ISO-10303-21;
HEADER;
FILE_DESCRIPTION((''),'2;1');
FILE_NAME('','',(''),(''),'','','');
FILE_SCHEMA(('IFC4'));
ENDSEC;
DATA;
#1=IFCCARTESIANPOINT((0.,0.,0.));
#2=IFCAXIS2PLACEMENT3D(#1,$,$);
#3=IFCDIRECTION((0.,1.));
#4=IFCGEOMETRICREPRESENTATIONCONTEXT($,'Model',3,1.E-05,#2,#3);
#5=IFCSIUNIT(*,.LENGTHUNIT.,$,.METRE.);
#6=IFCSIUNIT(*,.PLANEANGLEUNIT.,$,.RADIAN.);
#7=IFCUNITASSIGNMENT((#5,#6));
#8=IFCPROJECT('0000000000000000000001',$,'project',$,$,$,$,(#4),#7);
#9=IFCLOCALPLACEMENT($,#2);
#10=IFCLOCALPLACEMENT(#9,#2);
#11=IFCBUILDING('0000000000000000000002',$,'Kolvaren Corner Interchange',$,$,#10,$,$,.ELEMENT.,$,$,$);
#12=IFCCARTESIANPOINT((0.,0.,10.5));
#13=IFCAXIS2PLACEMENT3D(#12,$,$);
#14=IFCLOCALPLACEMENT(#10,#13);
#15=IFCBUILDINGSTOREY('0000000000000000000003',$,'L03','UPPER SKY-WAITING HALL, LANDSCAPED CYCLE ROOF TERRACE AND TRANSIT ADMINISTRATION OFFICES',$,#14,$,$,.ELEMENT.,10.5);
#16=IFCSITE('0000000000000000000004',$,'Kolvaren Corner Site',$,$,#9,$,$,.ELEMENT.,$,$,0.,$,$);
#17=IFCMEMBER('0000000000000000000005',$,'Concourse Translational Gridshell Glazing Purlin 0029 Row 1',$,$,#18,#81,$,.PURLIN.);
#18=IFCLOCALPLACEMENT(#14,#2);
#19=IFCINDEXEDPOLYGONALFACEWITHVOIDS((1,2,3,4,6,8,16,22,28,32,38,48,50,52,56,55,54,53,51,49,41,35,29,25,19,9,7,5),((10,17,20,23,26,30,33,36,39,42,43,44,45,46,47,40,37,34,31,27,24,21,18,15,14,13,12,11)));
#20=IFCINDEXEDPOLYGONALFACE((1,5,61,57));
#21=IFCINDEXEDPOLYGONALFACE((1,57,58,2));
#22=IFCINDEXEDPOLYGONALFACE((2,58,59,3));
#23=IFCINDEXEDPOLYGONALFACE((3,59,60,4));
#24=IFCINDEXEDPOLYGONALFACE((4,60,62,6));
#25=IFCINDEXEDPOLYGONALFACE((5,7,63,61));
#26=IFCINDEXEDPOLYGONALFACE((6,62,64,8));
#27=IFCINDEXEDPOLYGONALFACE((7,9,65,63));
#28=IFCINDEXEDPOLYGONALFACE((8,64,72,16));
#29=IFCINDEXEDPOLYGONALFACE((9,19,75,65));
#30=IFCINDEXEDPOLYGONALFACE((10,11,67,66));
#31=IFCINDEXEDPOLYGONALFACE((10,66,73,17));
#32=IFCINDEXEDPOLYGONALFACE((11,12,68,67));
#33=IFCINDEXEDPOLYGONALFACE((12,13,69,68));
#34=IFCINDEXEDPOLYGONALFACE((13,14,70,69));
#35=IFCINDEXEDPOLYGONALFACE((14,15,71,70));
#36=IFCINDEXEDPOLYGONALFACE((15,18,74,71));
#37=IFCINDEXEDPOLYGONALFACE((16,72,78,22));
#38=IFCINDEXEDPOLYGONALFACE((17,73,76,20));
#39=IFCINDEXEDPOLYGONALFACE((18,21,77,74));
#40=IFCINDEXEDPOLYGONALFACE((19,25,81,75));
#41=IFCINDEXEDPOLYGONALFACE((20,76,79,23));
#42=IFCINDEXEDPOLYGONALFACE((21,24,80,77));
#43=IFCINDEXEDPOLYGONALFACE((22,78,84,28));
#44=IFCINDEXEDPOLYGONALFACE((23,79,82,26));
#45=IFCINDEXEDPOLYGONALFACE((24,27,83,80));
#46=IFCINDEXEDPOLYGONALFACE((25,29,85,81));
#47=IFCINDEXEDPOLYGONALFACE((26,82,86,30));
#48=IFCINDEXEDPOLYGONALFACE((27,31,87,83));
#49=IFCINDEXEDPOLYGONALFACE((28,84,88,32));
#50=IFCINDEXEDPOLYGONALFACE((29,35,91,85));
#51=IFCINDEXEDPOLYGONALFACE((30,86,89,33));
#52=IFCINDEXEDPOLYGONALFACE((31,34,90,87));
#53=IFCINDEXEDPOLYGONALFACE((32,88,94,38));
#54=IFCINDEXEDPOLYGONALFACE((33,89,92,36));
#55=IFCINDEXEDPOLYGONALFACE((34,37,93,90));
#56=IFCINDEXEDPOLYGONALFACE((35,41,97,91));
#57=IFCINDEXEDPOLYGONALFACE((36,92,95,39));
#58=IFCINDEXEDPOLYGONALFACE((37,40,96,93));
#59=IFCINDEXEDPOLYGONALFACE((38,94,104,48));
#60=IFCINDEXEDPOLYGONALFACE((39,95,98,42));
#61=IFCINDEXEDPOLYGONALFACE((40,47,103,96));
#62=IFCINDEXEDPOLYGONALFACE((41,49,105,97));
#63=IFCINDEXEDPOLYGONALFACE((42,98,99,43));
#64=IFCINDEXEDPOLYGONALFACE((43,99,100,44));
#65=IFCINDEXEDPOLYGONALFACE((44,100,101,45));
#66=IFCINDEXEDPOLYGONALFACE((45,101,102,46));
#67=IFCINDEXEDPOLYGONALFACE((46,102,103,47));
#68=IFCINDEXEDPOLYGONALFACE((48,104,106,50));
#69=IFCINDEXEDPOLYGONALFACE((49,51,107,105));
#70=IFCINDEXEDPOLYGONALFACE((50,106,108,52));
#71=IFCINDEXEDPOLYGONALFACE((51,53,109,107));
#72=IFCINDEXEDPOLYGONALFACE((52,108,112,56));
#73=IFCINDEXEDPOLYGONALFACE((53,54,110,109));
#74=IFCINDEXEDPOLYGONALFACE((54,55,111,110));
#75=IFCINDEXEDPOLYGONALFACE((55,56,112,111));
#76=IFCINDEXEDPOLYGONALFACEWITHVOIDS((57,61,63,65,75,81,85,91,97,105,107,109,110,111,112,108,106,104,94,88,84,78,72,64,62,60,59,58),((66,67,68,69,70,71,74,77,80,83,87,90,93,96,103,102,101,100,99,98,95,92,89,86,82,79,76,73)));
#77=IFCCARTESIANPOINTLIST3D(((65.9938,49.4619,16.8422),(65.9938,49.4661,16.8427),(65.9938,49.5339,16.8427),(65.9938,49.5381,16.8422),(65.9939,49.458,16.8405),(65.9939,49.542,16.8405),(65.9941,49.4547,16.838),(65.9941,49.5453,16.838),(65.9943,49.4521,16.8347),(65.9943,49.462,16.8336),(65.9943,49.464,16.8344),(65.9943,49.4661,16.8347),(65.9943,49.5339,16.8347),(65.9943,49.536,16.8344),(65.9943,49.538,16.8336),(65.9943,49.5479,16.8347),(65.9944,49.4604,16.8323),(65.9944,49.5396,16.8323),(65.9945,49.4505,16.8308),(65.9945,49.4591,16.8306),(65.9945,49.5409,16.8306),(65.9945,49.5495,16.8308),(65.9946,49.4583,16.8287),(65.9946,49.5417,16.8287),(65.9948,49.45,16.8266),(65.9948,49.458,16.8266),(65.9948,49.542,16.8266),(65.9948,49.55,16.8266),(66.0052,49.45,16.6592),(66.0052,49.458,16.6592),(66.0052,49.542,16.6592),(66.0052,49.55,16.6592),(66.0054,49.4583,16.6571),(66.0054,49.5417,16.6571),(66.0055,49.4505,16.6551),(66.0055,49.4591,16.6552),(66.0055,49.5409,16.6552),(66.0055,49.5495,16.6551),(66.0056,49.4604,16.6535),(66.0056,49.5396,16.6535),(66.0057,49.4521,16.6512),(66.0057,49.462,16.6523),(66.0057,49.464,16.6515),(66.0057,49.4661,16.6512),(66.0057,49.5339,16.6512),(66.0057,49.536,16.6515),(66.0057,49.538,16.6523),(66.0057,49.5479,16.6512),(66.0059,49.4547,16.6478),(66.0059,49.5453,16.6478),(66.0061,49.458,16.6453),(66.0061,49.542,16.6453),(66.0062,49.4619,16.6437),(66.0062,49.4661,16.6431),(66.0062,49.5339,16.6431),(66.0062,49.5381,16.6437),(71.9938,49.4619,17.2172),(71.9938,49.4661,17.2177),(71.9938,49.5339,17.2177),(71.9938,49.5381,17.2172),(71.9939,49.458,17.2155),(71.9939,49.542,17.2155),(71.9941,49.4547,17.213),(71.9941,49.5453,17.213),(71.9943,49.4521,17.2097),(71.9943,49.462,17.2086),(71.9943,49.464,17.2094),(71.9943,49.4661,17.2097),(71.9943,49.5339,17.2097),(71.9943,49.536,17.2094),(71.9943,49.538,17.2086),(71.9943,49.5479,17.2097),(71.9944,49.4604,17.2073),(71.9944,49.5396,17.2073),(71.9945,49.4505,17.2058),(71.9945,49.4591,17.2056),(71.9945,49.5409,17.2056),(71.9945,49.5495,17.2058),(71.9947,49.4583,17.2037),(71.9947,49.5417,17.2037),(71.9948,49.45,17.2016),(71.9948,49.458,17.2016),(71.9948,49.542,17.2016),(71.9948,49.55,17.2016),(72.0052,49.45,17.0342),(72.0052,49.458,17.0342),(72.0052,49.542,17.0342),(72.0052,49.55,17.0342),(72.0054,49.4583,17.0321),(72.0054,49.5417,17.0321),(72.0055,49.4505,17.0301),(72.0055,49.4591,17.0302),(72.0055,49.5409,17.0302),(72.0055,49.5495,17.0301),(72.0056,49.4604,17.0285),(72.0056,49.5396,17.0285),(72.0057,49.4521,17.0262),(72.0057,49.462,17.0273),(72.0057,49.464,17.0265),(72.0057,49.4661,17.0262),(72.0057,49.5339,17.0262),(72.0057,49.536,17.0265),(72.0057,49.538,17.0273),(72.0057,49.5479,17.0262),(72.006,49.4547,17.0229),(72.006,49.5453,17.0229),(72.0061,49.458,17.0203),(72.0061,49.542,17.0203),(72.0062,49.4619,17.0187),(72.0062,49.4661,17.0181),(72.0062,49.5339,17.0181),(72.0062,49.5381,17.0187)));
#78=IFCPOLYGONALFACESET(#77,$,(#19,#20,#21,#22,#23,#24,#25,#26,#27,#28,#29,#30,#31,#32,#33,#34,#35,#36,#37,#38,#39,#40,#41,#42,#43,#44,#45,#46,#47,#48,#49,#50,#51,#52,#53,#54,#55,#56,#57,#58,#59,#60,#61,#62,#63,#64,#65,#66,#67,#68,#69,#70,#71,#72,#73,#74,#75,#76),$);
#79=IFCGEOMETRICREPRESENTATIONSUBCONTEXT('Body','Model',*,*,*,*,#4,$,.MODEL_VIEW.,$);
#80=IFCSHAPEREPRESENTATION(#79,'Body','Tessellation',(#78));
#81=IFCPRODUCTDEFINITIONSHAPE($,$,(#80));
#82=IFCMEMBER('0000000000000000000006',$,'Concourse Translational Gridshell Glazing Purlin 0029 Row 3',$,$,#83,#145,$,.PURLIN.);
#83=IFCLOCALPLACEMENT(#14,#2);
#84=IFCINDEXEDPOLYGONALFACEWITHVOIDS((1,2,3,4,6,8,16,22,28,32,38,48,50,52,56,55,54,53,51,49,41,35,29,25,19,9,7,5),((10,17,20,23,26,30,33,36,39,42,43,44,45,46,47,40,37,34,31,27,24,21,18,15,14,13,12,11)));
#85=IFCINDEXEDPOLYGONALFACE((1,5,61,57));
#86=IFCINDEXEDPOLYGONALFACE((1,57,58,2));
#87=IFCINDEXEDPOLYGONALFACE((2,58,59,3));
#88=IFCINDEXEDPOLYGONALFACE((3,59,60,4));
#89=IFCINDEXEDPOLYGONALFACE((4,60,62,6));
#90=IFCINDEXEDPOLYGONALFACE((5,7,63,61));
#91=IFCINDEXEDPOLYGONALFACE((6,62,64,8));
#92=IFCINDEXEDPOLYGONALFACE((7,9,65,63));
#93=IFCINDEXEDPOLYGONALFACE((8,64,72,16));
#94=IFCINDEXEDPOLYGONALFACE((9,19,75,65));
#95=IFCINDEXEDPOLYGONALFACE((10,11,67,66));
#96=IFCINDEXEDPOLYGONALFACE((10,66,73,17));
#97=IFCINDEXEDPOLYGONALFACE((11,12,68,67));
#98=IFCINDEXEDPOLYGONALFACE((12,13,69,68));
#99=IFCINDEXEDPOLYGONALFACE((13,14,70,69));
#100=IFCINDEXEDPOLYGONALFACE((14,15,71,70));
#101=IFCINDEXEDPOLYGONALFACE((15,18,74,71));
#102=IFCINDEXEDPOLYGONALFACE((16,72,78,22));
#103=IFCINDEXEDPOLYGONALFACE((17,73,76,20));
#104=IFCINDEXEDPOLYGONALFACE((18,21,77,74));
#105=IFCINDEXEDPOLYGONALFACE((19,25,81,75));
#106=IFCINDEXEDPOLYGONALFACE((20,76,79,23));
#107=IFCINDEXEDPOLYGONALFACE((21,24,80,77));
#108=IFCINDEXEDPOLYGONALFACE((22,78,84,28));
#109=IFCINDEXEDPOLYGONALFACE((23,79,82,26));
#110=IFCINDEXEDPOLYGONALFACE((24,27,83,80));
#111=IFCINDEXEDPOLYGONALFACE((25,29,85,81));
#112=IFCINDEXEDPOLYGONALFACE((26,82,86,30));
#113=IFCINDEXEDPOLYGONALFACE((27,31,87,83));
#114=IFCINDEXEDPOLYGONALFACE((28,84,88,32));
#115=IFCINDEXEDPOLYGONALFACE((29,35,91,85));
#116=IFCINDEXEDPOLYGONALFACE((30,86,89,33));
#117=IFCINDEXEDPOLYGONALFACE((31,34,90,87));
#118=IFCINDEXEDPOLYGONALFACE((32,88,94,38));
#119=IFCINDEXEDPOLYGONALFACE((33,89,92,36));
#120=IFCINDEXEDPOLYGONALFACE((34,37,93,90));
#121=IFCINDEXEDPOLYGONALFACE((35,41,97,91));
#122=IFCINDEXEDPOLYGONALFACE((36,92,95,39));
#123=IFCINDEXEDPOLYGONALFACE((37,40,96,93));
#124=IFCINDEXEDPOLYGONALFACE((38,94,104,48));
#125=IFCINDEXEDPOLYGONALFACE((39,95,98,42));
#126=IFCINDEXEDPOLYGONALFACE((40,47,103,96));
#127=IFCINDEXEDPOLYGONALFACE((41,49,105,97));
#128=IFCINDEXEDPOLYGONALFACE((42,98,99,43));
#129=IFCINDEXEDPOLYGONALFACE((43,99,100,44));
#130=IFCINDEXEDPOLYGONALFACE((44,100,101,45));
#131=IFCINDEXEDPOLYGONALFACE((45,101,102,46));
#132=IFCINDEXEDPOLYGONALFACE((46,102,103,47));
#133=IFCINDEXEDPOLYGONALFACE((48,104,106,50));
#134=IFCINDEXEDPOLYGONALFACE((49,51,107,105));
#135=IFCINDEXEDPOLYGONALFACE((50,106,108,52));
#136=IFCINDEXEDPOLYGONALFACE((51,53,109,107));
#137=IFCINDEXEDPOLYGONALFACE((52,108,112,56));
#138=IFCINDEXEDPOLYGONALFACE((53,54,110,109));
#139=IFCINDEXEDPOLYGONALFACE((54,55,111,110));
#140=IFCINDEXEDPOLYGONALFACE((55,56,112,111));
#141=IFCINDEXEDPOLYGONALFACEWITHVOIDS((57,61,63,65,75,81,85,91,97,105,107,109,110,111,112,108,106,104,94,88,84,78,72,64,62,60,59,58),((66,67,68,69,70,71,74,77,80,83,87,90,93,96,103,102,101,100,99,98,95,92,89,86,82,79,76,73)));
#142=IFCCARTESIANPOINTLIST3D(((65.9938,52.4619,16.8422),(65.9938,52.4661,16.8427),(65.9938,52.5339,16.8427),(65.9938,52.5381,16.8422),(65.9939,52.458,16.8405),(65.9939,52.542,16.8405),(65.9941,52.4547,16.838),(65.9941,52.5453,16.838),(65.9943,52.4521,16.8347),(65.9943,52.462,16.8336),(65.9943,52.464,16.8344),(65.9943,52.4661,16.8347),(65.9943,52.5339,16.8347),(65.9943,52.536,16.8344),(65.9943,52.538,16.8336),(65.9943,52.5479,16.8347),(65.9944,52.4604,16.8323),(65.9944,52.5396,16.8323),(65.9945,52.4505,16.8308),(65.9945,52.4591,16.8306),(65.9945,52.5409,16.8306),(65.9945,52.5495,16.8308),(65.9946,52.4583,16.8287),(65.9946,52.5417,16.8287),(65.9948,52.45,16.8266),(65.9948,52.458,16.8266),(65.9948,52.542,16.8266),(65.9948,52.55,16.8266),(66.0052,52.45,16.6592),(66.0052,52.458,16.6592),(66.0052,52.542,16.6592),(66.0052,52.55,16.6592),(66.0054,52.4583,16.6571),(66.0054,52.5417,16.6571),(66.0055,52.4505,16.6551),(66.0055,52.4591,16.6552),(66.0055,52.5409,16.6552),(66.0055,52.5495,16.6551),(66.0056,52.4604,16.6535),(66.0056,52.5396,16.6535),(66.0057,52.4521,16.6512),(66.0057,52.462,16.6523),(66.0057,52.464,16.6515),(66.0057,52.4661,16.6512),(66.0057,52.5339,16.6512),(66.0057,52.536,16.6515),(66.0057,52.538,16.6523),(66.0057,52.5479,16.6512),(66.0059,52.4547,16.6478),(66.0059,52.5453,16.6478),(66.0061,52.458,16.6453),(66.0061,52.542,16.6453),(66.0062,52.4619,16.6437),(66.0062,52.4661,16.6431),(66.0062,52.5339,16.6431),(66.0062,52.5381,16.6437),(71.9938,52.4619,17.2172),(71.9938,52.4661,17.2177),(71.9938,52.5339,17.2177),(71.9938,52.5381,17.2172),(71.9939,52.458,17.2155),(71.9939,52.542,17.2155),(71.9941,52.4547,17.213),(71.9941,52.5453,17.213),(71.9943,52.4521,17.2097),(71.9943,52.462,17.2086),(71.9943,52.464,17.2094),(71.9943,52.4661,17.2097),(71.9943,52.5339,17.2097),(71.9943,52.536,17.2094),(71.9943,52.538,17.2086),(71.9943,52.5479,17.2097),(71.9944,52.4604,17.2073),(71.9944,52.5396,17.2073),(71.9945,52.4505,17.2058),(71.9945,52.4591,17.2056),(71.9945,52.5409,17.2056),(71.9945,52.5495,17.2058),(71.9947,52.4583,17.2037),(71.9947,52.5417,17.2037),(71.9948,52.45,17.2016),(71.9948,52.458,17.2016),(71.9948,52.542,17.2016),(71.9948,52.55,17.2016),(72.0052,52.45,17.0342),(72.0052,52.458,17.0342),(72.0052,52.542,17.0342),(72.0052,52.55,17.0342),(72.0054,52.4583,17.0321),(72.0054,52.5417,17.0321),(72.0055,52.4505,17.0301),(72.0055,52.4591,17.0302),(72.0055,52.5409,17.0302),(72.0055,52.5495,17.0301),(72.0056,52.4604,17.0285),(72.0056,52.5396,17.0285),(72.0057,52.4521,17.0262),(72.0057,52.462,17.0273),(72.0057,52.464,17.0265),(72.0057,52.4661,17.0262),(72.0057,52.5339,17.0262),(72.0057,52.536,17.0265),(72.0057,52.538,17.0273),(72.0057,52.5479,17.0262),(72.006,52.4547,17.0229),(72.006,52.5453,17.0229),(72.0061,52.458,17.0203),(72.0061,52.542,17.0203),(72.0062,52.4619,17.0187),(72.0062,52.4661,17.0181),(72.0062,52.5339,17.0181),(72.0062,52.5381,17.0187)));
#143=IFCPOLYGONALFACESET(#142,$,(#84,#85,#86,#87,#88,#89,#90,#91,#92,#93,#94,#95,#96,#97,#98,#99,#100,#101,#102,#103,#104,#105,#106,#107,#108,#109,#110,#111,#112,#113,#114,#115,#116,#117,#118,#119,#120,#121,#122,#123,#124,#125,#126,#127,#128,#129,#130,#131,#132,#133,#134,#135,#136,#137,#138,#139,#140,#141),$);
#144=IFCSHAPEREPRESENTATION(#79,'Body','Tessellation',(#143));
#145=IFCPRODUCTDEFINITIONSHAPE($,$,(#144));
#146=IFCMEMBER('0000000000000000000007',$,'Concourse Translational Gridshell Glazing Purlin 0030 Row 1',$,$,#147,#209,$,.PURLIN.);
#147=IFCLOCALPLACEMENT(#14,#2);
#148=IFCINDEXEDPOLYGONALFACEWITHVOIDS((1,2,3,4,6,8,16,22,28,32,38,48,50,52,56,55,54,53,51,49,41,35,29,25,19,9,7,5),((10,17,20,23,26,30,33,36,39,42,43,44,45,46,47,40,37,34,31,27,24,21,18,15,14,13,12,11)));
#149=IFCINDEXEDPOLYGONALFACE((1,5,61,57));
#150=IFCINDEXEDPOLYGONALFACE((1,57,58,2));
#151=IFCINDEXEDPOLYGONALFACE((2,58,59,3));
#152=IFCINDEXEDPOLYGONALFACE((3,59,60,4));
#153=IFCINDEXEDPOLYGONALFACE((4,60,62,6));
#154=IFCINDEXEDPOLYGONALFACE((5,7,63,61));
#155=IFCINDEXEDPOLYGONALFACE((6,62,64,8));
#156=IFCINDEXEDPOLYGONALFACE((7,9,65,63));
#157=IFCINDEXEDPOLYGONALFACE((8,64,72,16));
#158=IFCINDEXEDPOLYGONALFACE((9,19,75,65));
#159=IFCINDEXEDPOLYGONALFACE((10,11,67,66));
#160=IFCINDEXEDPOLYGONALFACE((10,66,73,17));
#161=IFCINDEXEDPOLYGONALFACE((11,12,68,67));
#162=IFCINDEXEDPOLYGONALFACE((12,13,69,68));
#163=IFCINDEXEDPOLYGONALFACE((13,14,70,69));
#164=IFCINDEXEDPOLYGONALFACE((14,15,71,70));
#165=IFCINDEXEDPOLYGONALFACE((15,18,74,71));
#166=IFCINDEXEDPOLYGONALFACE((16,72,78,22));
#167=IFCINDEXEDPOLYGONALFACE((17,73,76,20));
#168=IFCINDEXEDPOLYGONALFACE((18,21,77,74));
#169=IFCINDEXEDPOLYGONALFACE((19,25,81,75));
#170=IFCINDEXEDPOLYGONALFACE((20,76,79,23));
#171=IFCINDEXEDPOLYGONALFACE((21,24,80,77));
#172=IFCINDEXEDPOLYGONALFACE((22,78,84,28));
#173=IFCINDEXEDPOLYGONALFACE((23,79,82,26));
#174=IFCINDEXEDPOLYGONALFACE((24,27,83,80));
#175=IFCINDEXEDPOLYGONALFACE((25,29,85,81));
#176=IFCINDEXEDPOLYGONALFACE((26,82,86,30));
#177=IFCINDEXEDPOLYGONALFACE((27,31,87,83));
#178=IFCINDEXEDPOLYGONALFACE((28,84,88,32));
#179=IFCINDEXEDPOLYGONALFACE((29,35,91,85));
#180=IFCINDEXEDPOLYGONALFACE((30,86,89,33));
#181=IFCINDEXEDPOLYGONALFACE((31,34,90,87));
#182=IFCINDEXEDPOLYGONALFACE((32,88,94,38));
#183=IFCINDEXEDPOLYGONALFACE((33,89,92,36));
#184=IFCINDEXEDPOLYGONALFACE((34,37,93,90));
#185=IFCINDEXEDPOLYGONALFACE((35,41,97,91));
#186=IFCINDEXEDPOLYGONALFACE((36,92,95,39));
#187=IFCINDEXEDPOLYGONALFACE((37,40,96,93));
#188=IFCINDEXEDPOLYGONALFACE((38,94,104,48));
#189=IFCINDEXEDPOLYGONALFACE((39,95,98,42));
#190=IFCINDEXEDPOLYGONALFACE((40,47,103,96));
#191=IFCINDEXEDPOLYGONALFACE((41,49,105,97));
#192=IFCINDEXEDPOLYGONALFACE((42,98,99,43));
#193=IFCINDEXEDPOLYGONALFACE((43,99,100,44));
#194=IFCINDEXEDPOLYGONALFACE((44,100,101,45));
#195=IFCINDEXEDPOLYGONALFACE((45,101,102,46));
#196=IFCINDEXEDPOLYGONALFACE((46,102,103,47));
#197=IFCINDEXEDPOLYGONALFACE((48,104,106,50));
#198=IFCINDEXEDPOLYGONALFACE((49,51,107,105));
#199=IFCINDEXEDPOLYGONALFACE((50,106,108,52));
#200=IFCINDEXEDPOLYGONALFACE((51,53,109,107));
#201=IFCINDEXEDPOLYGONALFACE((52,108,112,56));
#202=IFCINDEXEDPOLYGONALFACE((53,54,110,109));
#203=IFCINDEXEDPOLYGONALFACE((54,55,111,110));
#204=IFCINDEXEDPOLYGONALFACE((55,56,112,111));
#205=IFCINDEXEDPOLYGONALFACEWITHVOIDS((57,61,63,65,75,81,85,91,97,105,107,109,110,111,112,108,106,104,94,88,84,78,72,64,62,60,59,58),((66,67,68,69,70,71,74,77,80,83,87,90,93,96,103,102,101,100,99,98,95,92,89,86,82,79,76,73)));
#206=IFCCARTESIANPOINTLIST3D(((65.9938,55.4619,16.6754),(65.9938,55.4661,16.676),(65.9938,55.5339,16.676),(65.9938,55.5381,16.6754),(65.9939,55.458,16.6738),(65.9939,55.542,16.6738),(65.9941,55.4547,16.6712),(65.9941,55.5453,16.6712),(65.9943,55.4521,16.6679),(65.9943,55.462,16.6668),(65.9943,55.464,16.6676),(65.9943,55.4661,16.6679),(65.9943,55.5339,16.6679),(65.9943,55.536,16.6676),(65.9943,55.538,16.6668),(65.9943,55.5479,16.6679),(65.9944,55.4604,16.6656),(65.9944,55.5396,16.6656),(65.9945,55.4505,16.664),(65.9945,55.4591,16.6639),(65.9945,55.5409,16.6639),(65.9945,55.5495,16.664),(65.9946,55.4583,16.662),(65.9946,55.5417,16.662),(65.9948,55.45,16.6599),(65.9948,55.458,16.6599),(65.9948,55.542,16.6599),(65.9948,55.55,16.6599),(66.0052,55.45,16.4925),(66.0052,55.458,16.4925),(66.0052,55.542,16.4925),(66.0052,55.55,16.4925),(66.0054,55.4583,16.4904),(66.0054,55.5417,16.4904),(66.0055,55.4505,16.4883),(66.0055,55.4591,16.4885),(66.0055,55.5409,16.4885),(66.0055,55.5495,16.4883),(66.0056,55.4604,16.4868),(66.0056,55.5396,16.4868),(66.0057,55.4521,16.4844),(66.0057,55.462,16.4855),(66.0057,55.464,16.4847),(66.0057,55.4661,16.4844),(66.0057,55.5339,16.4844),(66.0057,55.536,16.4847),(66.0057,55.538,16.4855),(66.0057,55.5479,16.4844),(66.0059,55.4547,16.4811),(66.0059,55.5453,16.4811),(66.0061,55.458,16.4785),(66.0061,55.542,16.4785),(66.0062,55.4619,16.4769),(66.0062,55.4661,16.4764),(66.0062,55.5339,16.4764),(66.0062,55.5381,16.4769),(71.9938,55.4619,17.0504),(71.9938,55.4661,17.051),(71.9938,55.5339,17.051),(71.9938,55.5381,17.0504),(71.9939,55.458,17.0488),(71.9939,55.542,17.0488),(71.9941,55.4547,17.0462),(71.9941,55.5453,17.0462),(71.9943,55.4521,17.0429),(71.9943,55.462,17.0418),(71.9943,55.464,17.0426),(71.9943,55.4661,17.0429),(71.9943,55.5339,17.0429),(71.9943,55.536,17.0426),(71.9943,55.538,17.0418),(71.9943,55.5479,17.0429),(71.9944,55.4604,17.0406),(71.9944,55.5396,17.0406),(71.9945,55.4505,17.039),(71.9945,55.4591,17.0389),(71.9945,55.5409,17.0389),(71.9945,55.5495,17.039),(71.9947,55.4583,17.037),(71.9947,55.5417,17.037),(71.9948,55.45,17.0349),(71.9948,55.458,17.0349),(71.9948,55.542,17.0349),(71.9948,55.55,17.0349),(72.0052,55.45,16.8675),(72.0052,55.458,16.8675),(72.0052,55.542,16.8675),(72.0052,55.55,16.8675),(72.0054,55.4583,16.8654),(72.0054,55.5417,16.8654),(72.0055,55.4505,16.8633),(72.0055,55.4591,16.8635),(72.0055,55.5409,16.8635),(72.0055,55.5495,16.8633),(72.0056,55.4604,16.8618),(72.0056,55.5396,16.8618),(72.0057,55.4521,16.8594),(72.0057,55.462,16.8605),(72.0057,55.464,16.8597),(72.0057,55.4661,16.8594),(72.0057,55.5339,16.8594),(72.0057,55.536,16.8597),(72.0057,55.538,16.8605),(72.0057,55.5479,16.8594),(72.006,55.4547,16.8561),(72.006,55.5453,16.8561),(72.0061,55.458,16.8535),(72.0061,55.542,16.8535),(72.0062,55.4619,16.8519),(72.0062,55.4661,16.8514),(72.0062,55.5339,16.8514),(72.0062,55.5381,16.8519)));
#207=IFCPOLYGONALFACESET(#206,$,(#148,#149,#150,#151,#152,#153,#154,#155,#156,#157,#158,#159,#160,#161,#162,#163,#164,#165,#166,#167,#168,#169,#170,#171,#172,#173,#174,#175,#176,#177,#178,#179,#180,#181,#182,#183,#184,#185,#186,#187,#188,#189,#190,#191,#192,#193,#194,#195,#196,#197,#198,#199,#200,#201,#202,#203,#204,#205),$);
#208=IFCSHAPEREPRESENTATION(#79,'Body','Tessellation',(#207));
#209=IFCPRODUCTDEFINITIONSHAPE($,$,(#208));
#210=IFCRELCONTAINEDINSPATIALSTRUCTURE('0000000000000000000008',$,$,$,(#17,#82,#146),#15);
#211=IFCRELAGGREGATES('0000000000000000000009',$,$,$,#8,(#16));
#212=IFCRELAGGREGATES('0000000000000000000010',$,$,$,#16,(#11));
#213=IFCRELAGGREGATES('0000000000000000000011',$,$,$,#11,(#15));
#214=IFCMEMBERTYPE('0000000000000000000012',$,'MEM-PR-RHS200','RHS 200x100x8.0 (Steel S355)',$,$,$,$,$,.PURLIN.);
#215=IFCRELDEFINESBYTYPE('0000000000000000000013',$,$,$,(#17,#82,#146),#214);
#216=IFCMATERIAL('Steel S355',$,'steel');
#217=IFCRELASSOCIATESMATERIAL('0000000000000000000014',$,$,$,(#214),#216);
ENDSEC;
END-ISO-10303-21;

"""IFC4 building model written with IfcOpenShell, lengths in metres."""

from ifc_helpers import new_model, si_unit, direction, frame, origin, origin_2d, place, context, subcontext, project, spatial, hollow_rectangle, extrude, material, material_profile, profile_set, type_object, element, save


model = new_model("IFC4")

# Units and contexts
model_context = context("Model", 3, precision=1e-05, world=origin(), true_north=direction((0.0, 1.0)))
body_context = subcontext(model_context, "Body", "Model", "MODEL_VIEW")
ifc_project = project(units=[si_unit("LENGTHUNIT", "METRE"), si_unit("PLANEANGLEUNIT", "RADIAN")], contexts=[model_context])

# Site, building, storey
site_placement = place(None, origin())
site = spatial("IfcSite", under=ifc_project, at=site_placement, Name="Kolvaren Corner Site", CompositionType="ELEMENT", RefElevation=0.0)
building_placement = place(site_placement, origin())
building = spatial("IfcBuilding", under=site, at=building_placement, Name="Kolvaren Corner Interchange", CompositionType="ELEMENT")
storey_placement = place(building_placement, frame((0.0, 0.0, 10.5)))
storey = spatial("IfcBuildingStorey", under=building, at=storey_placement, Name="L03", Description="UPPER SKY-WAITING HALL, LANDSCAPED CYCLE ROOF TERRACE AND TRANSIT ADMINISTRATION OFFICES", CompositionType="ELEMENT", Elevation=10.5)

# Members
ifc_material_1 = material(Name="Steel S355", Category="steel")
ifc_material_profile_1 = material_profile(ifc_material_1, hollow_rectangle(XDim=0.1001, YDim=0.2, WallThickness=0.0081, InnerFilletRadius=0.0081, OuterFilletRadius=0.0161, at=origin_2d()), Name="RHS 200x100x8.0")
ifc_profile_set_1 = profile_set([ifc_material_profile_1], Name="Steel S355")
member_type_1 = type_object("IfcMemberType", Name="MEM-PR-RHS200", Description="RHS 200x100x8.0 (Steel S355)", PredefinedType="PURLIN", material=ifc_profile_set_1)
for number, where, z_axis, x_axis, name in (
    (1, (66.0, 49.5, 16.7429), (0.998053, 0.0, 0.062378), (0.0, 1.0, 0.0), "Concourse Translational Gridshell Glazing Purlin 0029 Row 1"),
    (2, (66.0, 52.5, 16.7429), (0.998053, 0.0, 0.062378), (0.0, 1.0, 0.0), "Concourse Translational Gridshell Glazing Purlin 0029 Row 3"),
    (3, (66.0, 55.5, 16.5762), (0.998053, 0.0, 0.062378), (0.0, 1.0, 0.0), "Concourse Translational Gridshell Glazing Purlin 0030 Row 1"),
):
    element("IfcMember", number, at=place(storey_placement, frame(where, z_axis=z_axis, x_axis=x_axis)), inside=storey, type_object=member_type_1, Name=name, PredefinedType="PURLIN", context=body_context, shape_type="SweptSolid", body=[
        extrude(hollow_rectangle(XDim=0.1001, YDim=0.2, WallThickness=0.0081, InnerFilletRadius=0.0081, OuterFilletRadius=0.0161, at=origin_2d()), origin(), (0.0, 0.0, 1.0), 6.0117),
    ])

save(model, "model.ifc")
